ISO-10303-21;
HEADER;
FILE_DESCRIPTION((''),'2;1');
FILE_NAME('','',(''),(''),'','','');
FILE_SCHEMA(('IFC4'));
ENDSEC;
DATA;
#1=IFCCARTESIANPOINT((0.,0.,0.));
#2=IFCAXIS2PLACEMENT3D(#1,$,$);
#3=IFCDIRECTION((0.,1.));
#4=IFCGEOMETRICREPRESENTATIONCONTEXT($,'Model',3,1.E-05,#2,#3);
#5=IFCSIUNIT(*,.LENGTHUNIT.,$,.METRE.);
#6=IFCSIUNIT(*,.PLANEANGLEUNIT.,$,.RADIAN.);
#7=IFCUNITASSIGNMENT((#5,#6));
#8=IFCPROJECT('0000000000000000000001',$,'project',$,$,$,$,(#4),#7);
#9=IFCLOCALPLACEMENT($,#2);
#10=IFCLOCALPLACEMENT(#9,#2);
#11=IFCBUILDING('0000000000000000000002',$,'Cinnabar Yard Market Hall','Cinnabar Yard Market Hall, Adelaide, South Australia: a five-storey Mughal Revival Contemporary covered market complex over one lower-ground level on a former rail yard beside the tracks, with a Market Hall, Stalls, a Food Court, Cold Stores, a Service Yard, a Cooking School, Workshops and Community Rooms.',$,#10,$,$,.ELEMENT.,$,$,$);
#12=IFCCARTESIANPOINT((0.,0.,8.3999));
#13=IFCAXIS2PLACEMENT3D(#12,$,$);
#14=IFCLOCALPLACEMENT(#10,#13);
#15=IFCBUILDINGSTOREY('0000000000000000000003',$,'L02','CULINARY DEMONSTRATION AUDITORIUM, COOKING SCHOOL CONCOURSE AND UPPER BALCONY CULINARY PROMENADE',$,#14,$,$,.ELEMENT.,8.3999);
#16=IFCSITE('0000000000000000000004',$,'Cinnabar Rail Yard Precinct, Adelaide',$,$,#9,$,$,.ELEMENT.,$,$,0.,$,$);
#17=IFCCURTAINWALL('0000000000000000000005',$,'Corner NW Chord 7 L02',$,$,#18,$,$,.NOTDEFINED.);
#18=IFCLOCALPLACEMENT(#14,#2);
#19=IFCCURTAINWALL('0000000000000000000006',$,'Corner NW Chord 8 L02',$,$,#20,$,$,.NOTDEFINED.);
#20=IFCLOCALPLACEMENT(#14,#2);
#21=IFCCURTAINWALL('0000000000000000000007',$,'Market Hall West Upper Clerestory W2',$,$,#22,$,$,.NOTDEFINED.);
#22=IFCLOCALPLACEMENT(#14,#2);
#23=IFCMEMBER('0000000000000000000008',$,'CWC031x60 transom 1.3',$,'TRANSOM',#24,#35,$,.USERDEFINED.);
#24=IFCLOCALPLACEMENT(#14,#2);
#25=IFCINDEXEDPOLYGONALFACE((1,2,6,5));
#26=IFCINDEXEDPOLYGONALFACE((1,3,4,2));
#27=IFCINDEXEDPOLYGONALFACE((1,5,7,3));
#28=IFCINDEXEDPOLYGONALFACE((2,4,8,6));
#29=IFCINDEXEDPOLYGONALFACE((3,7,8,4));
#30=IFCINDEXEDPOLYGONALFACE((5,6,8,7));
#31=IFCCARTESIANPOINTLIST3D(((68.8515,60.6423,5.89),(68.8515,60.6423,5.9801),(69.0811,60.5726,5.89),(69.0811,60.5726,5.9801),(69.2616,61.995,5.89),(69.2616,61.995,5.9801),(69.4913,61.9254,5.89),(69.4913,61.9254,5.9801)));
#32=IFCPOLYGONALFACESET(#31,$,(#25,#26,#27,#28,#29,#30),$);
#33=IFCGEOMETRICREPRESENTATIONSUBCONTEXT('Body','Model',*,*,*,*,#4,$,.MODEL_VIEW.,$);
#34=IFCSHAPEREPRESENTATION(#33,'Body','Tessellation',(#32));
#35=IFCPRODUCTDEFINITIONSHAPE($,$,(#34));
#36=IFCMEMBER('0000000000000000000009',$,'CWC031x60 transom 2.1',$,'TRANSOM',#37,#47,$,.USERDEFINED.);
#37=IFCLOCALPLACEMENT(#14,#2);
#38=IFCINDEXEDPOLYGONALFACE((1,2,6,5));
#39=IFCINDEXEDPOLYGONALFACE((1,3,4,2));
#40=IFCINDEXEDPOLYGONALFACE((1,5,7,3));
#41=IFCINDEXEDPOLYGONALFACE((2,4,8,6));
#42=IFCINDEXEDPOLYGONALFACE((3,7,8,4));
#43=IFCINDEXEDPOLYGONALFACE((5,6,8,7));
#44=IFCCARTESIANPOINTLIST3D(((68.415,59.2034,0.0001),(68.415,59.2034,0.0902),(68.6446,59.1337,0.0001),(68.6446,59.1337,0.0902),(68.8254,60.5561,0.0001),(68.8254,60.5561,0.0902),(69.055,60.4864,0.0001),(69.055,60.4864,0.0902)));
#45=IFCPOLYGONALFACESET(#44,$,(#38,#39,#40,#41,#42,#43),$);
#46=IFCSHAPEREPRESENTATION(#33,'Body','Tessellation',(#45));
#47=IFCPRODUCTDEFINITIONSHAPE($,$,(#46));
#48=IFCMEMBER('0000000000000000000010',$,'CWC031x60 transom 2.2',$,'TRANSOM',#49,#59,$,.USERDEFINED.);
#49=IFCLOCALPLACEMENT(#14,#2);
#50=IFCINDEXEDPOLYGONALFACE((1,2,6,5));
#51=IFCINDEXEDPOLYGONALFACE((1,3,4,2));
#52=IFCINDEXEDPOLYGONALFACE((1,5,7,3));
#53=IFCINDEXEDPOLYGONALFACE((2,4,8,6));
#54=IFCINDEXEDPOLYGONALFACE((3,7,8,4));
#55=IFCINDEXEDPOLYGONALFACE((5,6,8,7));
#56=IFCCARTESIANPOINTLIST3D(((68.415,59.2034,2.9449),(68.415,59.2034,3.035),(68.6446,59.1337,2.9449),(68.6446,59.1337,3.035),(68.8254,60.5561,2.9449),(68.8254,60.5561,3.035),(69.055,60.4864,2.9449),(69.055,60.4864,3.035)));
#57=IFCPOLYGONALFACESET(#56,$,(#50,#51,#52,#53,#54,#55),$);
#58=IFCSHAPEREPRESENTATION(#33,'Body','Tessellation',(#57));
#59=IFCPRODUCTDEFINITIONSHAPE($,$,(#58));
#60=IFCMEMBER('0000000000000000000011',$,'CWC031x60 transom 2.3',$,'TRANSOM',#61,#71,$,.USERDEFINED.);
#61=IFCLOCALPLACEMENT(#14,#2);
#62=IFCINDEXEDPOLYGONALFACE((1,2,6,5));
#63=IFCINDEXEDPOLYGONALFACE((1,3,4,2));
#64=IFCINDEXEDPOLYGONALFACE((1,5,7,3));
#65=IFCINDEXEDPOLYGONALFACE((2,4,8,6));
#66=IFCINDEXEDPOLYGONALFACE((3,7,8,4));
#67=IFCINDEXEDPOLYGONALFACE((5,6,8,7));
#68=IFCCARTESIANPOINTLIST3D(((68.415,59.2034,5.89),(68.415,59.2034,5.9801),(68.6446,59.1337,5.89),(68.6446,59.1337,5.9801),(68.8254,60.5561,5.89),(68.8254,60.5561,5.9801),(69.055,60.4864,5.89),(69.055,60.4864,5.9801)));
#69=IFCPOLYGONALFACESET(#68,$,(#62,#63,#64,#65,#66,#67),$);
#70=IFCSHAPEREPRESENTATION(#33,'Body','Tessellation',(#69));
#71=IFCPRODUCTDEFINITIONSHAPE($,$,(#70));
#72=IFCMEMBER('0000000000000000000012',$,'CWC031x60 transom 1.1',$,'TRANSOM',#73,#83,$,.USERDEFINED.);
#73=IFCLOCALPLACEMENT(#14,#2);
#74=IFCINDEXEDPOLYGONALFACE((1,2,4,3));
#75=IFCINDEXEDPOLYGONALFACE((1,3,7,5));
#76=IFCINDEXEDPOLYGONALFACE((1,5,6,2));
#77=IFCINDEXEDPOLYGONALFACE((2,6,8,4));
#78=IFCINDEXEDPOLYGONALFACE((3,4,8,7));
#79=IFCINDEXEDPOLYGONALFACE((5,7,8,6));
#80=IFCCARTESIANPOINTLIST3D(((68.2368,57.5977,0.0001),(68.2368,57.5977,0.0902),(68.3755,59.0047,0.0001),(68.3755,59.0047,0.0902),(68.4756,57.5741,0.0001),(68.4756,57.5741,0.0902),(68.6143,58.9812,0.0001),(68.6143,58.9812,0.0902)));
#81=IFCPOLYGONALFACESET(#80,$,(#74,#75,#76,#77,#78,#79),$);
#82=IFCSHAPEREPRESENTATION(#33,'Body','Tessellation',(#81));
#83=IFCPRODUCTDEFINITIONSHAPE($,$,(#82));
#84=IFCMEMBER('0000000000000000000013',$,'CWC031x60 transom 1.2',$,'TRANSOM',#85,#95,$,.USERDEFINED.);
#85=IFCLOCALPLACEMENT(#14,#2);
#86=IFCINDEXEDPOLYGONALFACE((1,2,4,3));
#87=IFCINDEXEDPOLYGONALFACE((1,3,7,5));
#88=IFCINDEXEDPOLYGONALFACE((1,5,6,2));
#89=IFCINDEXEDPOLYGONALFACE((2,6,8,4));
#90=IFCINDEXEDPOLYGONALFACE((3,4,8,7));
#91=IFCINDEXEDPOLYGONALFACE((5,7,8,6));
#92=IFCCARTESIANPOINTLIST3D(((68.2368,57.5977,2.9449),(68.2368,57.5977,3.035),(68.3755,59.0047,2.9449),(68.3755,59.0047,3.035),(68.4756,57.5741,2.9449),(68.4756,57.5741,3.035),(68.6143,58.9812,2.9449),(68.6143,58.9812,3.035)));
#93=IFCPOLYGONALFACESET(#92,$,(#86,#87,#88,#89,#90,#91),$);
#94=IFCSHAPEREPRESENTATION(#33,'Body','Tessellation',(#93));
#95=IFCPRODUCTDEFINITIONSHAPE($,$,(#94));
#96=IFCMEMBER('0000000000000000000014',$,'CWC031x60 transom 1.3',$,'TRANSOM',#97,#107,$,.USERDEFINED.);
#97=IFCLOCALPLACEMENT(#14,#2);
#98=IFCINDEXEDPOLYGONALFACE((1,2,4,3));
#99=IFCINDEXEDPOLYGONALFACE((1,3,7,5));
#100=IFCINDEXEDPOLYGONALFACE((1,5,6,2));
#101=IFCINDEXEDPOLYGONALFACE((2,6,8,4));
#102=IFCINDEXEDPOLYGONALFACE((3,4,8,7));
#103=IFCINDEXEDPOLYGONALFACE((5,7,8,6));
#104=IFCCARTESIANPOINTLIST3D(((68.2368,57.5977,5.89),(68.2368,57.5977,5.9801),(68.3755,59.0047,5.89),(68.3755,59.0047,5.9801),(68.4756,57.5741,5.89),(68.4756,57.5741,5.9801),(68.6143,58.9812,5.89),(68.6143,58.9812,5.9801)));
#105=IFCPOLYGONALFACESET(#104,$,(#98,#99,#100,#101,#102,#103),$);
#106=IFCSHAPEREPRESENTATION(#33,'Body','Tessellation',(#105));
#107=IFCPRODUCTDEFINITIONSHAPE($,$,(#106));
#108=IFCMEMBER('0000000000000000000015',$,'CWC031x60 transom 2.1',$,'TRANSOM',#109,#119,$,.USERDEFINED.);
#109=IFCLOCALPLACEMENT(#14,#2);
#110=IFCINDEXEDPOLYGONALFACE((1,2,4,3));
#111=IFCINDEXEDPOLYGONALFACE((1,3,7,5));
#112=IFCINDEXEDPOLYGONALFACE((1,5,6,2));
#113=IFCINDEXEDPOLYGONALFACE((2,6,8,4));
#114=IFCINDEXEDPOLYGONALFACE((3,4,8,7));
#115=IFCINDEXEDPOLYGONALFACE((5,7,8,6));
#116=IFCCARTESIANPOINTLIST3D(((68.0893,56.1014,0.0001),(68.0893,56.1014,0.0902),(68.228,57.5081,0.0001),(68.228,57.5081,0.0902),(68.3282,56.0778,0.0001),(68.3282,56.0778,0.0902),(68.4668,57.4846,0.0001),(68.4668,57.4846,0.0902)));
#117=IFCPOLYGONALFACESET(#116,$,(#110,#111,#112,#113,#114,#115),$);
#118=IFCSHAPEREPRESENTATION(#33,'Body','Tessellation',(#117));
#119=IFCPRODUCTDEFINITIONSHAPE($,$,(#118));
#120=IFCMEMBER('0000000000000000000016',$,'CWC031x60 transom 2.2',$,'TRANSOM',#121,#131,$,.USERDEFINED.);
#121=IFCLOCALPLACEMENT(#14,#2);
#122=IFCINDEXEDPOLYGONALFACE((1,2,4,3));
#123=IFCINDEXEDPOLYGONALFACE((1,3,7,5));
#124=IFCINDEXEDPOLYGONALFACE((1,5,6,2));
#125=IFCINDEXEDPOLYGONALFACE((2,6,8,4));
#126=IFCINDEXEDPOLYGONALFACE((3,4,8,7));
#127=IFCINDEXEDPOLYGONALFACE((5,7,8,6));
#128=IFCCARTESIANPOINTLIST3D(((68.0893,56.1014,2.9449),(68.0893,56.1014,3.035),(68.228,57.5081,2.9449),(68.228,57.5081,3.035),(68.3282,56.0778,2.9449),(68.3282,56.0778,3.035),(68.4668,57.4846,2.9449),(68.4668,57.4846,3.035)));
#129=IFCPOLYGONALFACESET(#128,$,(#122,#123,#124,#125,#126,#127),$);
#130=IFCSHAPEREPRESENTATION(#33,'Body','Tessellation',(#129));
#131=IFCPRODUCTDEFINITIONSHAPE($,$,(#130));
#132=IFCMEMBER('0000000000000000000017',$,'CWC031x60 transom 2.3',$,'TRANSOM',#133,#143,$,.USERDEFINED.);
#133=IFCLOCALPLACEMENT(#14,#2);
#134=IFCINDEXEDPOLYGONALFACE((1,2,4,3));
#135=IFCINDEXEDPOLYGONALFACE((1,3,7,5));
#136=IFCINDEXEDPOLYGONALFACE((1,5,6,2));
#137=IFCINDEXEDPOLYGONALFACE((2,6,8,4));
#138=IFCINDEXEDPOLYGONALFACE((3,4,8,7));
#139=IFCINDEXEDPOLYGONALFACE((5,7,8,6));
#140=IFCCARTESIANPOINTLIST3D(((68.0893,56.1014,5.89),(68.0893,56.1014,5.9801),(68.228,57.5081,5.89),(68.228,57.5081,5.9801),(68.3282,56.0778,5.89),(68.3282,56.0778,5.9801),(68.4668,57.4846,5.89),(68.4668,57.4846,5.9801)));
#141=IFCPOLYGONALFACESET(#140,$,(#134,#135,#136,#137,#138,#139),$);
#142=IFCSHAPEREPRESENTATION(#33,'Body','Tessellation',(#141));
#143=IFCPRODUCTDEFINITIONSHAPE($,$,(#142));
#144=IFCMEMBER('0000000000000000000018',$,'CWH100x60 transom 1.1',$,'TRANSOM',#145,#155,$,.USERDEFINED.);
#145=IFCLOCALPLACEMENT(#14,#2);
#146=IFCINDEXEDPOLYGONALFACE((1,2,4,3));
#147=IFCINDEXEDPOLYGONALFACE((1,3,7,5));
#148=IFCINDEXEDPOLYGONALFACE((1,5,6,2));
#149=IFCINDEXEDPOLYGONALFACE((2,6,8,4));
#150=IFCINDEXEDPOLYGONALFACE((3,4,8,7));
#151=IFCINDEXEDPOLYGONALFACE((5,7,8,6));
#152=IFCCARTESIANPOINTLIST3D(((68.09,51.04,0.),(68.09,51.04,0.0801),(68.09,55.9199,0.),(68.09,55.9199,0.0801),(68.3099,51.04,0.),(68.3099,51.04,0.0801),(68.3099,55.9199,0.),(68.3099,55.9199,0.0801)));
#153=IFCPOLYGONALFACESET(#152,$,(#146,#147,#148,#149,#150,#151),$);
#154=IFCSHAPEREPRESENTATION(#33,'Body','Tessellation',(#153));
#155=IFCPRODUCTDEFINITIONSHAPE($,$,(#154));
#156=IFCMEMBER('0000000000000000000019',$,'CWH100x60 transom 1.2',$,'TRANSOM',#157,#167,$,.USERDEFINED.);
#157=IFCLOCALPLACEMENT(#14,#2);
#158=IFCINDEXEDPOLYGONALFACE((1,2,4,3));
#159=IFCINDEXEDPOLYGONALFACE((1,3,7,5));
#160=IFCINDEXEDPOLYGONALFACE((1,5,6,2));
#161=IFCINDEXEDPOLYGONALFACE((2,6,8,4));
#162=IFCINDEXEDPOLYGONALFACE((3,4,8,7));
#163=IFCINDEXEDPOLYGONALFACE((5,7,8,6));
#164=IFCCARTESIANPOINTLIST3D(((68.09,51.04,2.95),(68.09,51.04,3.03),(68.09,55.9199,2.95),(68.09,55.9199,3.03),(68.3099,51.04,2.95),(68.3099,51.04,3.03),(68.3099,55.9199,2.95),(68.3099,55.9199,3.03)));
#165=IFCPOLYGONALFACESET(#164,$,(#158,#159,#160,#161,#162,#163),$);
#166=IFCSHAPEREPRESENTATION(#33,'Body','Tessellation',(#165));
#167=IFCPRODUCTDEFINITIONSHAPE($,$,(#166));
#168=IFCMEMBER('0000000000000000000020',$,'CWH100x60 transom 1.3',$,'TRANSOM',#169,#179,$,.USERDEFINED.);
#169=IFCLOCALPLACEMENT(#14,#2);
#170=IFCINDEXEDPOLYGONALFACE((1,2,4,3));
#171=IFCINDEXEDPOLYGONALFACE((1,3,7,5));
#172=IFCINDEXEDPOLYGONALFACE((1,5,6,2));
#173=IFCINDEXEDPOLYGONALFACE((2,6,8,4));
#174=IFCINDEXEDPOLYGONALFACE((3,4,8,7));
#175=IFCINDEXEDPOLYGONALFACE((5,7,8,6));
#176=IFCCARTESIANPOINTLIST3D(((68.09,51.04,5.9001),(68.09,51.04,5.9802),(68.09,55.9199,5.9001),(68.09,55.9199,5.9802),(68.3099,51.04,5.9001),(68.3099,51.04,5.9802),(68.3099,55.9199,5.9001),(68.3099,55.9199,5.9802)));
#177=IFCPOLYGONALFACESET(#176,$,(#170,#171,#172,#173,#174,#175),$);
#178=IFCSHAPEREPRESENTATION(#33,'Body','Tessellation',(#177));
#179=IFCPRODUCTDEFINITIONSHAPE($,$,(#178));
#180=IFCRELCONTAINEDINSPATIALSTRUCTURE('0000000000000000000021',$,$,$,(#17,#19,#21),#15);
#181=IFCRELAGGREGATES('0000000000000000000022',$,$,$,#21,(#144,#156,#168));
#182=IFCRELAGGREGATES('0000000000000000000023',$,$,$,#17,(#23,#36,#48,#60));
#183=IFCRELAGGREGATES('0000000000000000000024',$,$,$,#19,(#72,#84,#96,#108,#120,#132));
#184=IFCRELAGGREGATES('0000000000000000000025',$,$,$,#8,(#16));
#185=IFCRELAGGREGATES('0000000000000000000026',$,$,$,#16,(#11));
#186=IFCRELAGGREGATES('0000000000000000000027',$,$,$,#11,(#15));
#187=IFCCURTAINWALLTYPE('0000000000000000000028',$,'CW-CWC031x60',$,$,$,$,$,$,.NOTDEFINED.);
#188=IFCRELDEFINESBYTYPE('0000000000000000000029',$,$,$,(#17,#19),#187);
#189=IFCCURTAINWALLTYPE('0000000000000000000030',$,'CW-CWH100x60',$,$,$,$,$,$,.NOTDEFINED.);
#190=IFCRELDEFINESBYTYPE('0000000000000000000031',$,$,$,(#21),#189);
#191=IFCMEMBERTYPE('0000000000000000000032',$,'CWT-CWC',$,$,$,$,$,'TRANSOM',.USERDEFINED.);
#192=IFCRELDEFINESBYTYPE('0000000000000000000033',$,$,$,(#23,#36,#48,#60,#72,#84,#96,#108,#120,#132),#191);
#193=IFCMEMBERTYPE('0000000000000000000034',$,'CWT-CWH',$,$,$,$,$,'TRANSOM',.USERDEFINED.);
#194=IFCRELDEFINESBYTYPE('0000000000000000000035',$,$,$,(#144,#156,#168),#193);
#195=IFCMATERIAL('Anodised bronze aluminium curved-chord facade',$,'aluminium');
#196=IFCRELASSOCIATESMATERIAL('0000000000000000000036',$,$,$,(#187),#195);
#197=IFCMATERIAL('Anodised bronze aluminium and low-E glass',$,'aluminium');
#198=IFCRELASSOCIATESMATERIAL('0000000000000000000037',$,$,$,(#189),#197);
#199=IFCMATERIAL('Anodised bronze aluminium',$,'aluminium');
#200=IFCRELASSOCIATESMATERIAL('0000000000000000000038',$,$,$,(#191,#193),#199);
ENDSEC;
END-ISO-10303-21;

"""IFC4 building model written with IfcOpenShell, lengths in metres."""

from ifc_helpers import new_model, si_unit, direction, frame, origin, origin_2d_with_axis, place, context, subcontext, project, spatial, rectangle, extrude, material, material_profile, profile_set, type_object, element, aggregate, save


model = new_model("IFC4")

# Units and contexts
model_context = context("Model", 3, precision=1e-05, world=origin(), true_north=direction((0.0, 1.0)))
body_context = subcontext(model_context, "Body", "Model", "MODEL_VIEW")
ifc_project = project(units=[si_unit("LENGTHUNIT", "METRE"), si_unit("PLANEANGLEUNIT", "RADIAN")], contexts=[model_context])

# Site, building, storey
site_placement = place(None, origin())
site = spatial("IfcSite", under=ifc_project, at=site_placement, Name="Cinnabar Rail Yard Precinct, Adelaide", CompositionType="ELEMENT", RefElevation=0.0)
building_placement = place(site_placement, origin())
building = spatial("IfcBuilding", under=site, at=building_placement, Name="Cinnabar Yard Market Hall", Description="Cinnabar Yard Market Hall, Adelaide, South Australia: a five-storey Mughal Revival Contemporary covered market complex over one lower-ground level on a former rail yard beside the tracks, with a Market Hall, Stalls, a Food Court, Cold Stores, a Service Yard, a Cooking School, Workshops and Community Rooms.", CompositionType="ELEMENT")
storey_placement = place(building_placement, frame((0.0, 0.0, 8.3999)))
storey = spatial("IfcBuildingStorey", under=building, at=storey_placement, Name="L02", Description="CULINARY DEMONSTRATION AUDITORIUM, COOKING SCHOOL CONCOURSE AND UPPER BALCONY CULINARY PROMENADE", CompositionType="ELEMENT", Elevation=8.3999)

# Shared definitions
ifc_material_1 = material(Name="Anodised bronze aluminium curved-chord facade", Category="aluminium")
curtain_wall_type_1 = type_object("IfcCurtainWallType", Name="CW-CWC031x60", PredefinedType="NOTDEFINED", material=ifc_material_1)
ifc_material_2 = material(Name="Anodised bronze aluminium", Category="aluminium")

# Curtain walls
curtain_wall_1_placement = place(storey_placement, origin())
curtain_wall_1 = element("IfcCurtainWall", 1, at=curtain_wall_1_placement, inside=storey, type_object=curtain_wall_type_1, Name="Corner NW Chord 7 L02", PredefinedType="NOTDEFINED")
curtain_wall_2_placement = place(storey_placement, origin())
curtain_wall_2 = element("IfcCurtainWall", 2, at=curtain_wall_2_placement, inside=storey, type_object=curtain_wall_type_1, Name="Corner NW Chord 8 L02", PredefinedType="NOTDEFINED")

# Curtain wall
ifc_material_3 = material(Name="Anodised bronze aluminium and low-E glass", Category="aluminium")
curtain_wall_type_2 = type_object("IfcCurtainWallType", Name="CW-CWH100x60", PredefinedType="NOTDEFINED", material=ifc_material_3)
curtain_wall_3_placement = place(storey_placement, origin())
curtain_wall_3 = element("IfcCurtainWall", 3, at=curtain_wall_3_placement, inside=storey, type_object=curtain_wall_type_2, Name="Market Hall West Upper Clerestory W2", PredefinedType="NOTDEFINED")

# Members
ifc_material_profile_1 = material_profile(ifc_material_2, rectangle(XDim=0.24, YDim=0.0901, at=origin_2d_with_axis()), Name="TRN-CWC")
ifc_profile_set_1 = profile_set([ifc_material_profile_1], Name="Anodised bronze aluminium")
member_type_1 = type_object("IfcMemberType", Name="CWT-CWC", ElementType="TRANSOM", PredefinedType="USERDEFINED", material=ifc_profile_set_1)
member_1_placement = place(storey_placement, frame((69.3765, 61.9602, 5.9351), z_axis=(-0.290151, -0.956981, 0.0), x_axis=(0.956981, -0.290151, 0.0)))
member_1 = element("IfcMember", 4, at=member_1_placement, type_object=member_type_1, Name="CWC031x60 transom 1.3", ObjectType="TRANSOM", PredefinedType="USERDEFINED", context=body_context, shape_type="SweptSolid", body=[
    extrude(rectangle(XDim=0.24, YDim=0.0901, at=origin_2d_with_axis()), origin(), (0.0, 0.0, 1.0), 1.4136),
])
member_2_placement = place(storey_placement, frame((68.9402, 60.5212, 0.0452), z_axis=(-0.290309, -0.956933, 0.0), x_axis=(0.956933, -0.290309, 0.0)))
member_2 = element("IfcMember", 5, at=member_2_placement, type_object=member_type_1, Name="CWC031x60 transom 2.1", ObjectType="TRANSOM", PredefinedType="USERDEFINED", context=body_context, shape_type="SweptSolid", body=[
    extrude(rectangle(XDim=0.24, YDim=0.0901, at=origin_2d_with_axis()), origin(), (0.0, 0.0, 1.0), 1.4136),
])
member_3_placement = place(storey_placement, frame((68.9402, 60.5212, 2.99), z_axis=(-0.290309, -0.956933, 0.0), x_axis=(0.956933, -0.290309, 0.0)))
member_3 = element("IfcMember", 6, at=member_3_placement, type_object=member_type_1, Name="CWC031x60 transom 2.2", ObjectType="TRANSOM", PredefinedType="USERDEFINED", context=body_context, shape_type="SweptSolid", body=[
    extrude(rectangle(XDim=0.24, YDim=0.0901, at=origin_2d_with_axis()), origin(), (0.0, 0.0, 1.0), 1.4136),
])
member_4_placement = place(storey_placement, frame((68.9402, 60.5212, 5.9351), z_axis=(-0.290309, -0.956933, 0.0), x_axis=(0.956933, -0.290309, 0.0)))
member_4 = element("IfcMember", 7, at=member_4_placement, type_object=member_type_1, Name="CWC031x60 transom 2.3", ObjectType="TRANSOM", PredefinedType="USERDEFINED", context=body_context, shape_type="SweptSolid", body=[
    extrude(rectangle(XDim=0.24, YDim=0.0901, at=origin_2d_with_axis()), origin(), (0.0, 0.0, 1.0), 1.4136),
])
member_5_placement = place(storey_placement, frame((68.4949, 58.9929, 0.0452), z_axis=(-0.098085, -0.995178, 0.0), x_axis=(0.995178, -0.098085, 0.0)))
member_5 = element("IfcMember", 8, at=member_5_placement, type_object=member_type_1, Name="CWC031x60 transom 1.1", ObjectType="TRANSOM", PredefinedType="USERDEFINED", context=body_context, shape_type="SweptSolid", body=[
    extrude(rectangle(XDim=0.24, YDim=0.0901, at=origin_2d_with_axis()), origin(), (0.0, 0.0, 1.0), 1.4138),
])
member_6_placement = place(storey_placement, frame((68.4949, 58.9929, 2.99), z_axis=(-0.098085, -0.995178, 0.0), x_axis=(0.995178, -0.098085, 0.0)))
member_6 = element("IfcMember", 9, at=member_6_placement, type_object=member_type_1, Name="CWC031x60 transom 1.2", ObjectType="TRANSOM", PredefinedType="USERDEFINED", context=body_context, shape_type="SweptSolid", body=[
    extrude(rectangle(XDim=0.24, YDim=0.0901, at=origin_2d_with_axis()), origin(), (0.0, 0.0, 1.0), 1.4138),
])
member_7_placement = place(storey_placement, frame((68.4949, 58.9929, 5.9351), z_axis=(-0.098085, -0.995178, 0.0), x_axis=(0.995178, -0.098085, 0.0)))
member_7 = element("IfcMember", 10, at=member_7_placement, type_object=member_type_1, Name="CWC031x60 transom 1.3", ObjectType="TRANSOM", PredefinedType="USERDEFINED", context=body_context, shape_type="SweptSolid", body=[
    extrude(rectangle(XDim=0.24, YDim=0.0901, at=origin_2d_with_axis()), origin(), (0.0, 0.0, 1.0), 1.4138),
])
member_8_placement = place(storey_placement, frame((68.3474, 57.4963, 0.0452), z_axis=(-0.098101, -0.995176, 0.0), x_axis=(0.995176, -0.098101, 0.0)))
member_8 = element("IfcMember", 11, at=member_8_placement, type_object=member_type_1, Name="CWC031x60 transom 2.1", ObjectType="TRANSOM", PredefinedType="USERDEFINED", context=body_context, shape_type="SweptSolid", body=[
    extrude(rectangle(XDim=0.24, YDim=0.0901, at=origin_2d_with_axis()), origin(), (0.0, 0.0, 1.0), 1.4136),
])
member_9_placement = place(storey_placement, frame((68.3474, 57.4963, 2.99), z_axis=(-0.098101, -0.995176, 0.0), x_axis=(0.995176, -0.098101, 0.0)))
member_9 = element("IfcMember", 12, at=member_9_placement, type_object=member_type_1, Name="CWC031x60 transom 2.2", ObjectType="TRANSOM", PredefinedType="USERDEFINED", context=body_context, shape_type="SweptSolid", body=[
    extrude(rectangle(XDim=0.24, YDim=0.0901, at=origin_2d_with_axis()), origin(), (0.0, 0.0, 1.0), 1.4136),
])
member_10_placement = place(storey_placement, frame((68.3474, 57.4963, 5.9351), z_axis=(-0.098101, -0.995176, 0.0), x_axis=(0.995176, -0.098101, 0.0)))
member_10 = element("IfcMember", 13, at=member_10_placement, type_object=member_type_1, Name="CWC031x60 transom 2.3", ObjectType="TRANSOM", PredefinedType="USERDEFINED", context=body_context, shape_type="SweptSolid", body=[
    extrude(rectangle(XDim=0.24, YDim=0.0901, at=origin_2d_with_axis()), origin(), (0.0, 0.0, 1.0), 1.4136),
])
ifc_material_profile_2 = material_profile(ifc_material_2, rectangle(XDim=0.22, YDim=0.0801, at=origin_2d_with_axis()), Name="TRN-CWH")
ifc_profile_set_2 = profile_set([ifc_material_profile_2], Name="Anodised bronze aluminium")
member_type_2 = type_object("IfcMemberType", Name="CWT-CWH", ElementType="TRANSOM", PredefinedType="USERDEFINED", material=ifc_profile_set_2)
member_11_placement = place(storey_placement, frame((68.2, 55.9199, 0.04), z_axis=(0.0, -1.0, 0.0), x_axis=(1.0, 0.0, 0.0)))
member_11 = element("IfcMember", 14, at=member_11_placement, type_object=member_type_2, Name="CWH100x60 transom 1.1", ObjectType="TRANSOM", PredefinedType="USERDEFINED", context=body_context, shape_type="SweptSolid", body=[
    extrude(rectangle(XDim=0.22, YDim=0.0801, at=origin_2d_with_axis()), origin(), (0.0, 0.0, 1.0), 4.8799),
])
member_12_placement = place(storey_placement, frame((68.2, 55.9199, 2.99), z_axis=(0.0, -1.0, 0.0), x_axis=(1.0, 0.0, 0.0)))
member_12 = element("IfcMember", 15, at=member_12_placement, type_object=member_type_2, Name="CWH100x60 transom 1.2", ObjectType="TRANSOM", PredefinedType="USERDEFINED", context=body_context, shape_type="SweptSolid", body=[
    extrude(rectangle(XDim=0.22, YDim=0.0801, at=origin_2d_with_axis()), origin(), (0.0, 0.0, 1.0), 4.8799),
])
member_13_placement = place(storey_placement, frame((68.2, 55.9199, 5.9402), z_axis=(0.0, -1.0, 0.0), x_axis=(1.0, 0.0, 0.0)))
member_13 = element("IfcMember", 16, at=member_13_placement, type_object=member_type_2, Name="CWH100x60 transom 1.3", ObjectType="TRANSOM", PredefinedType="USERDEFINED", context=body_context, shape_type="SweptSolid", body=[
    extrude(rectangle(XDim=0.22, YDim=0.0801, at=origin_2d_with_axis()), origin(), (0.0, 0.0, 1.0), 4.8799),
])
aggregate(curtain_wall_3, [member_11, member_12, member_13])

aggregate(curtain_wall_1, [member_1, member_2, member_3, member_4])
aggregate(curtain_wall_2, [member_5, member_6, member_7, member_8, member_9, member_10])

save(model, "model.ifc")
